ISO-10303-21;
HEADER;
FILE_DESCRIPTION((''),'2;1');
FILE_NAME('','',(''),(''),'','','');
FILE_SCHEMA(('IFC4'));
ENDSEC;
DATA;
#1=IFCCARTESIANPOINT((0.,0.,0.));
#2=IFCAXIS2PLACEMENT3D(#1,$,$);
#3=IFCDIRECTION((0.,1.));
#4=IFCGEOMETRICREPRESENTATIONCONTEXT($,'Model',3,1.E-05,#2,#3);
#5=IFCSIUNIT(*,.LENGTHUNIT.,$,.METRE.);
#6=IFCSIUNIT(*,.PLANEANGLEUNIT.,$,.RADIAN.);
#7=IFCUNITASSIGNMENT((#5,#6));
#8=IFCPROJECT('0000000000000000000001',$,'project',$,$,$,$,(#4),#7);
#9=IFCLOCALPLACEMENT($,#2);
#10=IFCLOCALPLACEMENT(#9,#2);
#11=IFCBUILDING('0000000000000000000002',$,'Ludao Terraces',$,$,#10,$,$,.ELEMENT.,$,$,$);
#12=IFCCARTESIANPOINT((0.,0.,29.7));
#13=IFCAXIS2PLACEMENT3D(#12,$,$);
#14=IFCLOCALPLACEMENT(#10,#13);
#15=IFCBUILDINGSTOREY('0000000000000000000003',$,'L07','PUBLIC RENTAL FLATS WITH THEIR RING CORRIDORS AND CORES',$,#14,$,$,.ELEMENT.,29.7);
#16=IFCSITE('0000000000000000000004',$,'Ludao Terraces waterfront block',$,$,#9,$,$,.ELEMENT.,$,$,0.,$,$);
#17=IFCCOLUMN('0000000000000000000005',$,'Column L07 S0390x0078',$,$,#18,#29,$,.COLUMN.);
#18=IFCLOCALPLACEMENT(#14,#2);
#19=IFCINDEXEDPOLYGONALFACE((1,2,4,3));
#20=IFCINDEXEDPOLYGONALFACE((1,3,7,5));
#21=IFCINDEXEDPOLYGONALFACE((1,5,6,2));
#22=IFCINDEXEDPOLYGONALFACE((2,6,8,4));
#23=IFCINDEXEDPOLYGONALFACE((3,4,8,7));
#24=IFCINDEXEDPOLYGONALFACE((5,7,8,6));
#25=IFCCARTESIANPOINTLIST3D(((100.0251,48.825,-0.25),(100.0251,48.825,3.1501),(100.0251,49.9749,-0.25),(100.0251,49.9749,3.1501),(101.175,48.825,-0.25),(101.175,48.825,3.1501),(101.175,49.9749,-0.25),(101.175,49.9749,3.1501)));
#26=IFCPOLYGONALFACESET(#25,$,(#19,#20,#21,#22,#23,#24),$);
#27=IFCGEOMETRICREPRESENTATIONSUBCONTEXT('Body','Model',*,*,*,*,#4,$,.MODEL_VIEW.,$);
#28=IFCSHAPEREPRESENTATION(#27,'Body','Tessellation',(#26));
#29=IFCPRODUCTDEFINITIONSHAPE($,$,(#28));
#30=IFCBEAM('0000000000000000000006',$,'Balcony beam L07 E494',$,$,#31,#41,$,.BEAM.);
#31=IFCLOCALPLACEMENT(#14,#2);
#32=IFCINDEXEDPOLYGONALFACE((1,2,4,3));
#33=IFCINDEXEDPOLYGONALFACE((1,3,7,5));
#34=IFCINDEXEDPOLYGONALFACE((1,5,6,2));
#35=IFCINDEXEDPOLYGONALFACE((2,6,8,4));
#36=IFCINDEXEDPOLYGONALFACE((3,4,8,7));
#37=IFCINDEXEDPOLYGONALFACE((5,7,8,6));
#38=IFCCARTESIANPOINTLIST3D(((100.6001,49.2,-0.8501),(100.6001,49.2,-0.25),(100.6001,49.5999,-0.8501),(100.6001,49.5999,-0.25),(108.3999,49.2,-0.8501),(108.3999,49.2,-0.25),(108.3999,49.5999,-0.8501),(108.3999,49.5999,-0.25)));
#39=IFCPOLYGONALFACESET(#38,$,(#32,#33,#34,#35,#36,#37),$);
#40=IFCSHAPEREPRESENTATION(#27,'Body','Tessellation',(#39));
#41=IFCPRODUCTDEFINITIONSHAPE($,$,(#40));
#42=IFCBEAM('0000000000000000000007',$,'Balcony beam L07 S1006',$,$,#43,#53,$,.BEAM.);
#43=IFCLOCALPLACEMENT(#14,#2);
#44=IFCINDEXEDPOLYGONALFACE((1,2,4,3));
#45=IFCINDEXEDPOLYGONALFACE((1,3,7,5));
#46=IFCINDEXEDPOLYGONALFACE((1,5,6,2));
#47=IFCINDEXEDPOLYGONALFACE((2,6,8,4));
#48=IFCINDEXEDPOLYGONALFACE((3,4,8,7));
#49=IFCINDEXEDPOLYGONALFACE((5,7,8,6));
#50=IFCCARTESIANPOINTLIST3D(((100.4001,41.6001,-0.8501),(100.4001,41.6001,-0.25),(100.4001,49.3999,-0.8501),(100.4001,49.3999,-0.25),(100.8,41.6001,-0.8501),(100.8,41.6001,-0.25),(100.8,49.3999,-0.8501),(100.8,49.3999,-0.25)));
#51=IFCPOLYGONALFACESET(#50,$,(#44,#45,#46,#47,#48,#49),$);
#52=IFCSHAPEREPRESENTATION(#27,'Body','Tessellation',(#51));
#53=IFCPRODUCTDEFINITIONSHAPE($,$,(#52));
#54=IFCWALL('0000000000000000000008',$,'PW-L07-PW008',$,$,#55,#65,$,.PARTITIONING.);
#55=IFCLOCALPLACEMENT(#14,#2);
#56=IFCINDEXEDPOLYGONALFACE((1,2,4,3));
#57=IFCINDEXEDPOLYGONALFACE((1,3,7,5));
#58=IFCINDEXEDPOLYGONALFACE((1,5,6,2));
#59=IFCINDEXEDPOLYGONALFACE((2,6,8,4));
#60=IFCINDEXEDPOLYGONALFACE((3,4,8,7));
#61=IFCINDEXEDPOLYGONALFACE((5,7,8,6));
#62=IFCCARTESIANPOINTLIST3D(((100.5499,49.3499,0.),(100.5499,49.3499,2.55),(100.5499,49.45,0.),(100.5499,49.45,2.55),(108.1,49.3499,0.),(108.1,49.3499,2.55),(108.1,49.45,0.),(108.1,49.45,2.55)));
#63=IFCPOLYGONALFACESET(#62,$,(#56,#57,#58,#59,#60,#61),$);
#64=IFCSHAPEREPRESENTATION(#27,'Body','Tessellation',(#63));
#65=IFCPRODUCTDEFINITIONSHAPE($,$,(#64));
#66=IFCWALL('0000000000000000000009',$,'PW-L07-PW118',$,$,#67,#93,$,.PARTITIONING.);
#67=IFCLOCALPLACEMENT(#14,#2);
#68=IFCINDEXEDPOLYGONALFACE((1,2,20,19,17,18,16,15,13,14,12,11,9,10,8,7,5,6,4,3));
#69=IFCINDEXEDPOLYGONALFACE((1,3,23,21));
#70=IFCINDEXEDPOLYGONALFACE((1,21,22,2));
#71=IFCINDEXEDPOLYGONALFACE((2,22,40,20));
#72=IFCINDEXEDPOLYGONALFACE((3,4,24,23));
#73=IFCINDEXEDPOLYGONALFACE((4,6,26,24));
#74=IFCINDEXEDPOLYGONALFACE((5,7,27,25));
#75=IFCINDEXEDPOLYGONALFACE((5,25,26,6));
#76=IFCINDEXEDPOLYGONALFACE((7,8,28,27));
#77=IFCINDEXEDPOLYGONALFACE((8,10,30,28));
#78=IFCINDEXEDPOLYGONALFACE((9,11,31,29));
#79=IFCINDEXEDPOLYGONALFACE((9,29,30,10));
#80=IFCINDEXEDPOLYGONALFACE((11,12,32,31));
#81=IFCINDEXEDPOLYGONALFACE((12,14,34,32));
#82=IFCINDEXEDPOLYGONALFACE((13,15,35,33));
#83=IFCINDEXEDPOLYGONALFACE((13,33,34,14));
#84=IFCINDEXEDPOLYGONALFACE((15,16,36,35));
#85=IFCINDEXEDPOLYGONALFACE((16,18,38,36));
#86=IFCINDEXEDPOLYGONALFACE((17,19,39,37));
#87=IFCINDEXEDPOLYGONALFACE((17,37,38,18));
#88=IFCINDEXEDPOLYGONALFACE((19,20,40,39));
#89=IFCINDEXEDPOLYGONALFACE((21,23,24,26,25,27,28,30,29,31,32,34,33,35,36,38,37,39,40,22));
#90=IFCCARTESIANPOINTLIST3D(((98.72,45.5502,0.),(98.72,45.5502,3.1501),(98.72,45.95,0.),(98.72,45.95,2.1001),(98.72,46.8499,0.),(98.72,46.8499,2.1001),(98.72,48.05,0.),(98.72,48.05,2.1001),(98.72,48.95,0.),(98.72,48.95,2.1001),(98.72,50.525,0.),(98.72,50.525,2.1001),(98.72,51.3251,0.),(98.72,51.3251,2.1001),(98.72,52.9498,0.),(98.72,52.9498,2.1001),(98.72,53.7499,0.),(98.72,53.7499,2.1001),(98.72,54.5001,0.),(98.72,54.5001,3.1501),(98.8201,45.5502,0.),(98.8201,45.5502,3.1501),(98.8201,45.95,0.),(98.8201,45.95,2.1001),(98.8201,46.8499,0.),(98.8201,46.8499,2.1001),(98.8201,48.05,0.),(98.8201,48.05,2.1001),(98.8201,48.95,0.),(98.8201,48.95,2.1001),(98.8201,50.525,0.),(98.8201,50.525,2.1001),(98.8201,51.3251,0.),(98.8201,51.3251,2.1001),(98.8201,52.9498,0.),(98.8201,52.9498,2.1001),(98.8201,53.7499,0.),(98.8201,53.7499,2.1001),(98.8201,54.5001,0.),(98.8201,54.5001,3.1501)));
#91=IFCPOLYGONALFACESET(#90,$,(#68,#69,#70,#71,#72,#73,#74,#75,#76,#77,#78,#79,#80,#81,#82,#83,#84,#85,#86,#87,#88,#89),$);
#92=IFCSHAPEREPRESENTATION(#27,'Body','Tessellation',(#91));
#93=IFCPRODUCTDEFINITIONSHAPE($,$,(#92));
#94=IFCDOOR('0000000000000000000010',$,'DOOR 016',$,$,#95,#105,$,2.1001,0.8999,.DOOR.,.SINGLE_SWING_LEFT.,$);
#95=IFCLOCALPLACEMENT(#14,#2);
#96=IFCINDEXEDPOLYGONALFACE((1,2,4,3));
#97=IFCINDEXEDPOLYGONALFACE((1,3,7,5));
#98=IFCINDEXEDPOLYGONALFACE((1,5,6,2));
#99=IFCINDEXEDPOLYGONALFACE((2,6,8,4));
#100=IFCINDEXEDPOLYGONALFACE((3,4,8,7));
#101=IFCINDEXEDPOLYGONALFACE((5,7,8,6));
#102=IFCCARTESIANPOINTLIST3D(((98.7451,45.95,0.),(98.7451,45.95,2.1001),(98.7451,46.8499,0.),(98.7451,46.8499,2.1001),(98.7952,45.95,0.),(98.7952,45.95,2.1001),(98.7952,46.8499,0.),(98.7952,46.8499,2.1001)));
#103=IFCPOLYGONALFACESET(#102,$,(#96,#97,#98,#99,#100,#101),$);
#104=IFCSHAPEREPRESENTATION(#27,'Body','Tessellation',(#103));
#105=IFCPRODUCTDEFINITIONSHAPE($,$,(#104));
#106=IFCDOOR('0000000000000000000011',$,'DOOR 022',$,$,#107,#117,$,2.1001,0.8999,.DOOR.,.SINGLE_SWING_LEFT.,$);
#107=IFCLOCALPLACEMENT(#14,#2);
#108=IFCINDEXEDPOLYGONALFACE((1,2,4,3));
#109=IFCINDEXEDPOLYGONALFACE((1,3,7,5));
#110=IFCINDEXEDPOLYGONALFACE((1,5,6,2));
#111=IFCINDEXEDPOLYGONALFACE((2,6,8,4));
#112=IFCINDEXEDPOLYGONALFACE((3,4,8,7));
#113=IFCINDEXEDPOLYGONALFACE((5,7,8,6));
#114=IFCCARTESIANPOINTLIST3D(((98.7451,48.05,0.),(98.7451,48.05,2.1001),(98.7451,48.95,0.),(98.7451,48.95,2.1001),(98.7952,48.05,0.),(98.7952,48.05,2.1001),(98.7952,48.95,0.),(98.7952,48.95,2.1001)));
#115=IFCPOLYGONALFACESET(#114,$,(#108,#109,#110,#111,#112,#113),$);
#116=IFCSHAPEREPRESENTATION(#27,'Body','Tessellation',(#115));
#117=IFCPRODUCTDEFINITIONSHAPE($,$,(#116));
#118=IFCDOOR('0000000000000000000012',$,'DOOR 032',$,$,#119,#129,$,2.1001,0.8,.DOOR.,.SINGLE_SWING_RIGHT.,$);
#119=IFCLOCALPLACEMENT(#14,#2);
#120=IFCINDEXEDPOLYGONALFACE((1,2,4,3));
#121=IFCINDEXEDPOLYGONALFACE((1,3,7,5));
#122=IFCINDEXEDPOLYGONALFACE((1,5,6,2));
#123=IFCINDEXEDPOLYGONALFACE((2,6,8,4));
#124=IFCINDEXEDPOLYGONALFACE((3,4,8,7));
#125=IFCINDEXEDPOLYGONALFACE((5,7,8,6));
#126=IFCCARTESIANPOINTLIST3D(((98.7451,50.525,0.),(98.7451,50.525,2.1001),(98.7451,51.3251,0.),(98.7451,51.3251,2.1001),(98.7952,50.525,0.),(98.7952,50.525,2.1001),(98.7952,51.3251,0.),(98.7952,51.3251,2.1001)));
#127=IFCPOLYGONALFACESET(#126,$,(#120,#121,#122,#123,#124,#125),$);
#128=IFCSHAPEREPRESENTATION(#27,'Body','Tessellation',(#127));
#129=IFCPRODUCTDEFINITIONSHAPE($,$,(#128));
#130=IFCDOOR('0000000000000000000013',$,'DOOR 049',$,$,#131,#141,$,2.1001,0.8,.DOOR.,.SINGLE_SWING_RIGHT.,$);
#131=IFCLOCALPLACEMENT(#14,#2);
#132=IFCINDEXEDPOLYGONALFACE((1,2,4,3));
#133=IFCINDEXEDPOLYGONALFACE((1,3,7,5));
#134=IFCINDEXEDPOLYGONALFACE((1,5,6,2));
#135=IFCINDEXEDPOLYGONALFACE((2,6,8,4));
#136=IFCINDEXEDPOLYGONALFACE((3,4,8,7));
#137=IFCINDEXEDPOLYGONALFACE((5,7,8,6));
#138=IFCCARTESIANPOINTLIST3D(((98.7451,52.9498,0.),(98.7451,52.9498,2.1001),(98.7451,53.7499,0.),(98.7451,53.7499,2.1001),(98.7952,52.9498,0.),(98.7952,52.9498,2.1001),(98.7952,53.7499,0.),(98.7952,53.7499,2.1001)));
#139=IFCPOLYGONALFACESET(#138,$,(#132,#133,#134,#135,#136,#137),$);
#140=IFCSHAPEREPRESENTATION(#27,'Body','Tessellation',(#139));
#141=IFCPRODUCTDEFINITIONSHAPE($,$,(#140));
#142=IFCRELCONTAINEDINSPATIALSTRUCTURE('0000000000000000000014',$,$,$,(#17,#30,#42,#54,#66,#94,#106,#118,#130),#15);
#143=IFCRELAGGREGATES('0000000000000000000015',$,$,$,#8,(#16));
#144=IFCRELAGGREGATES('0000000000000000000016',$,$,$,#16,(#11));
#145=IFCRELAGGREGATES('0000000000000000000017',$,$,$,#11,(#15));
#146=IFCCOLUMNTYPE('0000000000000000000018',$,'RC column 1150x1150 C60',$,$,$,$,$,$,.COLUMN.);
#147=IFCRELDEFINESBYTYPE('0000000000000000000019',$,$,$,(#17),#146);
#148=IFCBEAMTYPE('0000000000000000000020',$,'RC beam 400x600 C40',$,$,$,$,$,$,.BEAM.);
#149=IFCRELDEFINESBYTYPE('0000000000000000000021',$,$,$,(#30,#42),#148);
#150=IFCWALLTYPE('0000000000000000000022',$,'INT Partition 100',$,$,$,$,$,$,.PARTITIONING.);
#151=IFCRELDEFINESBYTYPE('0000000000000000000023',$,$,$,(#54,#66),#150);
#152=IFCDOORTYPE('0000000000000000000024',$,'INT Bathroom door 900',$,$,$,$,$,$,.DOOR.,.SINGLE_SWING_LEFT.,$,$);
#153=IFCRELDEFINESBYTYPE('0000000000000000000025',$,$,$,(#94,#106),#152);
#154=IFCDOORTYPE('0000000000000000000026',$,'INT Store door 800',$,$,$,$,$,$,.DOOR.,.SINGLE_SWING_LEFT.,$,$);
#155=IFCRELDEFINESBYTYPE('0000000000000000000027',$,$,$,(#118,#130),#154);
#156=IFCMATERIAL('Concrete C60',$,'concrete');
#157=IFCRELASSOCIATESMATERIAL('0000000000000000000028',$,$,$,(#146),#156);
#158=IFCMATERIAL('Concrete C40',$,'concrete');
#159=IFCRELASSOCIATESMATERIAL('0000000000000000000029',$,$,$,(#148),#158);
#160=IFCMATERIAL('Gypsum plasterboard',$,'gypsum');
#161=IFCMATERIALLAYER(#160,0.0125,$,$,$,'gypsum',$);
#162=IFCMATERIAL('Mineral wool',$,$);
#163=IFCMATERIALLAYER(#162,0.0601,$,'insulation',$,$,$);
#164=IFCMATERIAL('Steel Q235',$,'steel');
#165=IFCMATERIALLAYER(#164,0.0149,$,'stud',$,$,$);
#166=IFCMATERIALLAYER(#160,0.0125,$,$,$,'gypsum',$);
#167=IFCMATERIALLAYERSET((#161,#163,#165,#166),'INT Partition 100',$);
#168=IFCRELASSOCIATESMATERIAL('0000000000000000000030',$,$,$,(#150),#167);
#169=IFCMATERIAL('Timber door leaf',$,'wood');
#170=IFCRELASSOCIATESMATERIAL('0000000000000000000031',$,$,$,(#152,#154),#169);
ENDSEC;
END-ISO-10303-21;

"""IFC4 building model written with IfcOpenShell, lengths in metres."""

from ifc_helpers import new_model, si_unit, direction, frame, frame_2d, origin, origin_2d, place, context, subcontext, project, spatial, rectangle, extrude, material, layer, layer_set, material_profile, profile_set, type_object, element, fill, save


model = new_model("IFC4")

# Units and contexts
model_context = context("Model", 3, precision=1e-05, world=origin(), true_north=direction((0.0, 1.0)))
body_context = subcontext(model_context, "Body", "Model", "MODEL_VIEW")
ifc_project = project(units=[si_unit("LENGTHUNIT", "METRE"), si_unit("PLANEANGLEUNIT", "RADIAN")], contexts=[model_context])

# Site, building, storey
site_placement = place(None, origin())
site = spatial("IfcSite", under=ifc_project, at=site_placement, Name="Ludao Terraces waterfront block", CompositionType="ELEMENT", RefElevation=0.0)
building_placement = place(site_placement, origin())
building = spatial("IfcBuilding", under=site, at=building_placement, Name="Ludao Terraces", CompositionType="ELEMENT")
storey_placement = place(building_placement, frame((0.0, 0.0, 29.7)))
storey = spatial("IfcBuildingStorey", under=building, at=storey_placement, Name="L07", Description="PUBLIC RENTAL FLATS WITH THEIR RING CORRIDORS AND CORES", CompositionType="ELEMENT", Elevation=29.7)

# Column
ifc_material_1 = material(Name="Concrete C60", Category="concrete")
ifc_material_profile_1 = material_profile(ifc_material_1, rectangle(XDim=1.1499, YDim=1.1499, at=origin_2d()), Name="1150 X 1150")
ifc_profile_set_1 = profile_set([ifc_material_profile_1], Name="Concrete C60")
column_type = type_object("IfcColumnType", Name="RC column 1150x1150 C60", PredefinedType="COLUMN", material=ifc_profile_set_1)
column_placement = place(storey_placement, frame((100.6001, 49.3999, -0.25), z_axis=(0.0, 0.0, 1.0), x_axis=(1.0, 0.0, 0.0)))
element("IfcColumn", 1, at=column_placement, inside=storey, type_object=column_type, Name="Column L07 S0390x0078", PredefinedType="COLUMN", context=body_context, shape_type="SweptSolid", body=[
    extrude(rectangle(XDim=1.1499, YDim=1.1499, at=origin_2d()), origin(), (0.0, 0.0, 1.0), 3.4001),
])

# Beams
ifc_material_2 = material(Name="Concrete C40", Category="concrete")
ifc_material_profile_2 = material_profile(ifc_material_2, rectangle(XDim=0.3999, YDim=0.6001, at=origin_2d()), Name="400 X 600")
ifc_profile_set_2 = profile_set([ifc_material_profile_2], Name="Concrete C40")
beam_type = type_object("IfcBeamType", Name="RC beam 400x600 C40", PredefinedType="BEAM", material=ifc_profile_set_2)
for number, where, z_axis, x_axis, name in (
    (2, (100.6001, 49.3999, -0.55), (1.0, 0.0, 0.0), (0.0, 1.0, 0.0), "Balcony beam L07 E494"),
    (3, (100.6001, 49.3999, -0.55), (0.0, -1.0, 0.0), (1.0, 0.0, 0.0), "Balcony beam L07 S1006"),
):
    element("IfcBeam", number, at=place(storey_placement, frame(where, z_axis=z_axis, x_axis=x_axis)), inside=storey, type_object=beam_type, Name=name, PredefinedType="BEAM", context=body_context, shape_type="SweptSolid", body=[
        extrude(rectangle(XDim=0.3999, YDim=0.6001, at=origin_2d()), origin(), (0.0, 0.0, 1.0), 7.7998),
    ])

# Wall
ifc_material_3 = material(Name="Gypsum plasterboard", Category="gypsum")
ifc_layer_1 = layer(ifc_material_3, 0.0125, Category="gypsum")
ifc_material_4 = material(Name="Mineral wool")
ifc_layer_2 = layer(ifc_material_4, 0.0601, Name="insulation")
ifc_material_5 = material(Name="Steel Q235", Category="steel")
ifc_layer_3 = layer(ifc_material_5, 0.0149, Name="stud")
ifc_layer_4 = layer(ifc_material_3, 0.0125, Category="gypsum")
ifc_layer_set = layer_set([ifc_layer_1, ifc_layer_2, ifc_layer_3, ifc_layer_4], Name="INT Partition 100")
wall_type = type_object("IfcWallType", Name="INT Partition 100", PredefinedType="PARTITIONING", material=ifc_layer_set)
wall_1_placement = place(storey_placement, frame((100.55, 49.3999, 0.0), z_axis=(0.0, 0.0, 1.0), x_axis=(1.0, 0.0, 0.0)))
element("IfcWall", 4, at=wall_1_placement, inside=storey, type_object=wall_type, Name="PW-L07-PW008", PredefinedType="PARTITIONING", context=body_context, shape_type="SweptSolid", body=[
    extrude(rectangle(XDim=7.55, YDim=0.1001, at=frame_2d((3.7749, 0.0))), origin(), (0.0, 0.0, 1.0), 2.55),
])

# Wall, openings, doors
wall_2_placement = place(storey_placement, frame((98.77, 45.55, 0.0), z_axis=(0.0, 0.0, 1.0), x_axis=(0.0, 1.0, 0.0)))
wall_2 = element("IfcWall", 5, at=wall_2_placement, inside=storey, type_object=wall_type, Name="PW-L07-PW118", PredefinedType="PARTITIONING", context=body_context, shape_type="SweptSolid", body=[
    extrude(rectangle(XDim=8.95, YDim=0.1001, at=frame_2d((4.4751, 0.0))), origin(), (0.0, 0.0, 1.0), 3.1501),
])
opening_1_placement = place(wall_2_placement, frame((0.3999, 0.0, 0.0)))
opening_1 = element("IfcOpeningElement", 6, at=opening_1_placement, cuts=wall_2, PredefinedType="OPENING", context=body_context, shape_type="SweptSolid", body=[
    extrude(rectangle(XDim=0.8999, YDim=2.1001, at=frame_2d((0.45, 1.05))), frame((0.0, 0.0601, 0.0), z_axis=(0.0, -1.0, 0.0), x_axis=(1.0, 0.0, 0.0)), (0.0, 0.0, 1.0), 0.1201),
])
opening_2_placement = place(wall_2_placement, frame((2.5, 0.0, 0.0)))
opening_2 = element("IfcOpeningElement", 7, at=opening_2_placement, cuts=wall_2, PredefinedType="OPENING", context=body_context, shape_type="SweptSolid", body=[
    extrude(rectangle(XDim=0.8999, YDim=2.1001, at=frame_2d((0.45, 1.05))), frame((0.0, 0.0601, 0.0), z_axis=(0.0, -1.0, 0.0), x_axis=(1.0, 0.0, 0.0)), (0.0, 0.0, 1.0), 0.1201),
])
opening_3_placement = place(wall_2_placement, frame((4.9751, 0.0, 0.0)))
opening_3 = element("IfcOpeningElement", 8, at=opening_3_placement, cuts=wall_2, PredefinedType="OPENING", context=body_context, shape_type="SweptSolid", body=[
    extrude(rectangle(XDim=0.8, YDim=2.1001, at=frame_2d((0.3999, 1.05))), frame((0.0, 0.0601, 0.0), z_axis=(0.0, -1.0, 0.0), x_axis=(1.0, 0.0, 0.0)), (0.0, 0.0, 1.0), 0.1201),
])
opening_4_placement = place(wall_2_placement, frame((7.3999, 0.0, 0.0)))
opening_4 = element("IfcOpeningElement", 9, at=opening_4_placement, cuts=wall_2, PredefinedType="OPENING", context=body_context, shape_type="SweptSolid", body=[
    extrude(rectangle(XDim=0.8, YDim=2.1001, at=frame_2d((0.3999, 1.05))), frame((0.0, 0.0601, 0.0), z_axis=(0.0, -1.0, 0.0), x_axis=(1.0, 0.0, 0.0)), (0.0, 0.0, 1.0), 0.1201),
])
ifc_material_6 = material(Name="Timber door leaf", Category="wood")
door_type_1 = type_object("IfcDoorType", Name="INT Bathroom door 900", OperationType="SINGLE_SWING_LEFT", PredefinedType="DOOR", material=ifc_material_6)
door_1_placement = place(opening_1_placement, origin())
door_1 = element("IfcDoor", 10, at=door_1_placement, inside=storey, type_object=door_type_1, Name="DOOR 016", OperationType="SINGLE_SWING_LEFT", OverallHeight=2.1001, OverallWidth=0.8999, PredefinedType="DOOR", context=body_context, shape_type="SweptSolid", body=[
    extrude(rectangle(XDim=0.8999, YDim=2.1001, at=frame_2d((0.45, 1.05))), frame((0.0, 0.0249, 0.0), z_axis=(0.0, -1.0, 0.0), x_axis=(1.0, 0.0, 0.0)), (0.0, 0.0, 1.0), 0.05),
])
fill(opening_1, door_1)
door_2_placement = place(opening_2_placement, origin())
door_2 = element("IfcDoor", 11, at=door_2_placement, inside=storey, type_object=door_type_1, Name="DOOR 022", OperationType="SINGLE_SWING_LEFT", OverallHeight=2.1001, OverallWidth=0.8999, PredefinedType="DOOR", context=body_context, shape_type="SweptSolid", body=[
    extrude(rectangle(XDim=0.8999, YDim=2.1001, at=frame_2d((0.45, 1.05))), frame((0.0, 0.0249, 0.0), z_axis=(0.0, -1.0, 0.0), x_axis=(1.0, 0.0, 0.0)), (0.0, 0.0, 1.0), 0.05),
])
fill(opening_2, door_2)
door_type_2 = type_object("IfcDoorType", Name="INT Store door 800", OperationType="SINGLE_SWING_LEFT", PredefinedType="DOOR", material=ifc_material_6)
door_3_placement = place(opening_3_placement, origin())
door_3 = element("IfcDoor", 12, at=door_3_placement, inside=storey, type_object=door_type_2, Name="DOOR 032", OperationType="SINGLE_SWING_RIGHT", OverallHeight=2.1001, OverallWidth=0.8, PredefinedType="DOOR", context=body_context, shape_type="SweptSolid", body=[
    extrude(rectangle(XDim=0.8, YDim=2.1001, at=frame_2d((0.3999, 1.05))), frame((0.0, 0.0249, 0.0), z_axis=(0.0, -1.0, 0.0), x_axis=(1.0, 0.0, 0.0)), (0.0, 0.0, 1.0), 0.05),
])
fill(opening_3, door_3)
door_4_placement = place(opening_4_placement, origin())
door_4 = element("IfcDoor", 13, at=door_4_placement, inside=storey, type_object=door_type_2, Name="DOOR 049", OperationType="SINGLE_SWING_RIGHT", OverallHeight=2.1001, OverallWidth=0.8, PredefinedType="DOOR", context=body_context, shape_type="SweptSolid", body=[
    extrude(rectangle(XDim=0.8, YDim=2.1001, at=frame_2d((0.3999, 1.05))), frame((0.0, 0.0249, 0.0), z_axis=(0.0, -1.0, 0.0), x_axis=(1.0, 0.0, 0.0)), (0.0, 0.0, 1.0), 0.05),
])
fill(opening_4, door_4)

save(model, "model.ifc")
